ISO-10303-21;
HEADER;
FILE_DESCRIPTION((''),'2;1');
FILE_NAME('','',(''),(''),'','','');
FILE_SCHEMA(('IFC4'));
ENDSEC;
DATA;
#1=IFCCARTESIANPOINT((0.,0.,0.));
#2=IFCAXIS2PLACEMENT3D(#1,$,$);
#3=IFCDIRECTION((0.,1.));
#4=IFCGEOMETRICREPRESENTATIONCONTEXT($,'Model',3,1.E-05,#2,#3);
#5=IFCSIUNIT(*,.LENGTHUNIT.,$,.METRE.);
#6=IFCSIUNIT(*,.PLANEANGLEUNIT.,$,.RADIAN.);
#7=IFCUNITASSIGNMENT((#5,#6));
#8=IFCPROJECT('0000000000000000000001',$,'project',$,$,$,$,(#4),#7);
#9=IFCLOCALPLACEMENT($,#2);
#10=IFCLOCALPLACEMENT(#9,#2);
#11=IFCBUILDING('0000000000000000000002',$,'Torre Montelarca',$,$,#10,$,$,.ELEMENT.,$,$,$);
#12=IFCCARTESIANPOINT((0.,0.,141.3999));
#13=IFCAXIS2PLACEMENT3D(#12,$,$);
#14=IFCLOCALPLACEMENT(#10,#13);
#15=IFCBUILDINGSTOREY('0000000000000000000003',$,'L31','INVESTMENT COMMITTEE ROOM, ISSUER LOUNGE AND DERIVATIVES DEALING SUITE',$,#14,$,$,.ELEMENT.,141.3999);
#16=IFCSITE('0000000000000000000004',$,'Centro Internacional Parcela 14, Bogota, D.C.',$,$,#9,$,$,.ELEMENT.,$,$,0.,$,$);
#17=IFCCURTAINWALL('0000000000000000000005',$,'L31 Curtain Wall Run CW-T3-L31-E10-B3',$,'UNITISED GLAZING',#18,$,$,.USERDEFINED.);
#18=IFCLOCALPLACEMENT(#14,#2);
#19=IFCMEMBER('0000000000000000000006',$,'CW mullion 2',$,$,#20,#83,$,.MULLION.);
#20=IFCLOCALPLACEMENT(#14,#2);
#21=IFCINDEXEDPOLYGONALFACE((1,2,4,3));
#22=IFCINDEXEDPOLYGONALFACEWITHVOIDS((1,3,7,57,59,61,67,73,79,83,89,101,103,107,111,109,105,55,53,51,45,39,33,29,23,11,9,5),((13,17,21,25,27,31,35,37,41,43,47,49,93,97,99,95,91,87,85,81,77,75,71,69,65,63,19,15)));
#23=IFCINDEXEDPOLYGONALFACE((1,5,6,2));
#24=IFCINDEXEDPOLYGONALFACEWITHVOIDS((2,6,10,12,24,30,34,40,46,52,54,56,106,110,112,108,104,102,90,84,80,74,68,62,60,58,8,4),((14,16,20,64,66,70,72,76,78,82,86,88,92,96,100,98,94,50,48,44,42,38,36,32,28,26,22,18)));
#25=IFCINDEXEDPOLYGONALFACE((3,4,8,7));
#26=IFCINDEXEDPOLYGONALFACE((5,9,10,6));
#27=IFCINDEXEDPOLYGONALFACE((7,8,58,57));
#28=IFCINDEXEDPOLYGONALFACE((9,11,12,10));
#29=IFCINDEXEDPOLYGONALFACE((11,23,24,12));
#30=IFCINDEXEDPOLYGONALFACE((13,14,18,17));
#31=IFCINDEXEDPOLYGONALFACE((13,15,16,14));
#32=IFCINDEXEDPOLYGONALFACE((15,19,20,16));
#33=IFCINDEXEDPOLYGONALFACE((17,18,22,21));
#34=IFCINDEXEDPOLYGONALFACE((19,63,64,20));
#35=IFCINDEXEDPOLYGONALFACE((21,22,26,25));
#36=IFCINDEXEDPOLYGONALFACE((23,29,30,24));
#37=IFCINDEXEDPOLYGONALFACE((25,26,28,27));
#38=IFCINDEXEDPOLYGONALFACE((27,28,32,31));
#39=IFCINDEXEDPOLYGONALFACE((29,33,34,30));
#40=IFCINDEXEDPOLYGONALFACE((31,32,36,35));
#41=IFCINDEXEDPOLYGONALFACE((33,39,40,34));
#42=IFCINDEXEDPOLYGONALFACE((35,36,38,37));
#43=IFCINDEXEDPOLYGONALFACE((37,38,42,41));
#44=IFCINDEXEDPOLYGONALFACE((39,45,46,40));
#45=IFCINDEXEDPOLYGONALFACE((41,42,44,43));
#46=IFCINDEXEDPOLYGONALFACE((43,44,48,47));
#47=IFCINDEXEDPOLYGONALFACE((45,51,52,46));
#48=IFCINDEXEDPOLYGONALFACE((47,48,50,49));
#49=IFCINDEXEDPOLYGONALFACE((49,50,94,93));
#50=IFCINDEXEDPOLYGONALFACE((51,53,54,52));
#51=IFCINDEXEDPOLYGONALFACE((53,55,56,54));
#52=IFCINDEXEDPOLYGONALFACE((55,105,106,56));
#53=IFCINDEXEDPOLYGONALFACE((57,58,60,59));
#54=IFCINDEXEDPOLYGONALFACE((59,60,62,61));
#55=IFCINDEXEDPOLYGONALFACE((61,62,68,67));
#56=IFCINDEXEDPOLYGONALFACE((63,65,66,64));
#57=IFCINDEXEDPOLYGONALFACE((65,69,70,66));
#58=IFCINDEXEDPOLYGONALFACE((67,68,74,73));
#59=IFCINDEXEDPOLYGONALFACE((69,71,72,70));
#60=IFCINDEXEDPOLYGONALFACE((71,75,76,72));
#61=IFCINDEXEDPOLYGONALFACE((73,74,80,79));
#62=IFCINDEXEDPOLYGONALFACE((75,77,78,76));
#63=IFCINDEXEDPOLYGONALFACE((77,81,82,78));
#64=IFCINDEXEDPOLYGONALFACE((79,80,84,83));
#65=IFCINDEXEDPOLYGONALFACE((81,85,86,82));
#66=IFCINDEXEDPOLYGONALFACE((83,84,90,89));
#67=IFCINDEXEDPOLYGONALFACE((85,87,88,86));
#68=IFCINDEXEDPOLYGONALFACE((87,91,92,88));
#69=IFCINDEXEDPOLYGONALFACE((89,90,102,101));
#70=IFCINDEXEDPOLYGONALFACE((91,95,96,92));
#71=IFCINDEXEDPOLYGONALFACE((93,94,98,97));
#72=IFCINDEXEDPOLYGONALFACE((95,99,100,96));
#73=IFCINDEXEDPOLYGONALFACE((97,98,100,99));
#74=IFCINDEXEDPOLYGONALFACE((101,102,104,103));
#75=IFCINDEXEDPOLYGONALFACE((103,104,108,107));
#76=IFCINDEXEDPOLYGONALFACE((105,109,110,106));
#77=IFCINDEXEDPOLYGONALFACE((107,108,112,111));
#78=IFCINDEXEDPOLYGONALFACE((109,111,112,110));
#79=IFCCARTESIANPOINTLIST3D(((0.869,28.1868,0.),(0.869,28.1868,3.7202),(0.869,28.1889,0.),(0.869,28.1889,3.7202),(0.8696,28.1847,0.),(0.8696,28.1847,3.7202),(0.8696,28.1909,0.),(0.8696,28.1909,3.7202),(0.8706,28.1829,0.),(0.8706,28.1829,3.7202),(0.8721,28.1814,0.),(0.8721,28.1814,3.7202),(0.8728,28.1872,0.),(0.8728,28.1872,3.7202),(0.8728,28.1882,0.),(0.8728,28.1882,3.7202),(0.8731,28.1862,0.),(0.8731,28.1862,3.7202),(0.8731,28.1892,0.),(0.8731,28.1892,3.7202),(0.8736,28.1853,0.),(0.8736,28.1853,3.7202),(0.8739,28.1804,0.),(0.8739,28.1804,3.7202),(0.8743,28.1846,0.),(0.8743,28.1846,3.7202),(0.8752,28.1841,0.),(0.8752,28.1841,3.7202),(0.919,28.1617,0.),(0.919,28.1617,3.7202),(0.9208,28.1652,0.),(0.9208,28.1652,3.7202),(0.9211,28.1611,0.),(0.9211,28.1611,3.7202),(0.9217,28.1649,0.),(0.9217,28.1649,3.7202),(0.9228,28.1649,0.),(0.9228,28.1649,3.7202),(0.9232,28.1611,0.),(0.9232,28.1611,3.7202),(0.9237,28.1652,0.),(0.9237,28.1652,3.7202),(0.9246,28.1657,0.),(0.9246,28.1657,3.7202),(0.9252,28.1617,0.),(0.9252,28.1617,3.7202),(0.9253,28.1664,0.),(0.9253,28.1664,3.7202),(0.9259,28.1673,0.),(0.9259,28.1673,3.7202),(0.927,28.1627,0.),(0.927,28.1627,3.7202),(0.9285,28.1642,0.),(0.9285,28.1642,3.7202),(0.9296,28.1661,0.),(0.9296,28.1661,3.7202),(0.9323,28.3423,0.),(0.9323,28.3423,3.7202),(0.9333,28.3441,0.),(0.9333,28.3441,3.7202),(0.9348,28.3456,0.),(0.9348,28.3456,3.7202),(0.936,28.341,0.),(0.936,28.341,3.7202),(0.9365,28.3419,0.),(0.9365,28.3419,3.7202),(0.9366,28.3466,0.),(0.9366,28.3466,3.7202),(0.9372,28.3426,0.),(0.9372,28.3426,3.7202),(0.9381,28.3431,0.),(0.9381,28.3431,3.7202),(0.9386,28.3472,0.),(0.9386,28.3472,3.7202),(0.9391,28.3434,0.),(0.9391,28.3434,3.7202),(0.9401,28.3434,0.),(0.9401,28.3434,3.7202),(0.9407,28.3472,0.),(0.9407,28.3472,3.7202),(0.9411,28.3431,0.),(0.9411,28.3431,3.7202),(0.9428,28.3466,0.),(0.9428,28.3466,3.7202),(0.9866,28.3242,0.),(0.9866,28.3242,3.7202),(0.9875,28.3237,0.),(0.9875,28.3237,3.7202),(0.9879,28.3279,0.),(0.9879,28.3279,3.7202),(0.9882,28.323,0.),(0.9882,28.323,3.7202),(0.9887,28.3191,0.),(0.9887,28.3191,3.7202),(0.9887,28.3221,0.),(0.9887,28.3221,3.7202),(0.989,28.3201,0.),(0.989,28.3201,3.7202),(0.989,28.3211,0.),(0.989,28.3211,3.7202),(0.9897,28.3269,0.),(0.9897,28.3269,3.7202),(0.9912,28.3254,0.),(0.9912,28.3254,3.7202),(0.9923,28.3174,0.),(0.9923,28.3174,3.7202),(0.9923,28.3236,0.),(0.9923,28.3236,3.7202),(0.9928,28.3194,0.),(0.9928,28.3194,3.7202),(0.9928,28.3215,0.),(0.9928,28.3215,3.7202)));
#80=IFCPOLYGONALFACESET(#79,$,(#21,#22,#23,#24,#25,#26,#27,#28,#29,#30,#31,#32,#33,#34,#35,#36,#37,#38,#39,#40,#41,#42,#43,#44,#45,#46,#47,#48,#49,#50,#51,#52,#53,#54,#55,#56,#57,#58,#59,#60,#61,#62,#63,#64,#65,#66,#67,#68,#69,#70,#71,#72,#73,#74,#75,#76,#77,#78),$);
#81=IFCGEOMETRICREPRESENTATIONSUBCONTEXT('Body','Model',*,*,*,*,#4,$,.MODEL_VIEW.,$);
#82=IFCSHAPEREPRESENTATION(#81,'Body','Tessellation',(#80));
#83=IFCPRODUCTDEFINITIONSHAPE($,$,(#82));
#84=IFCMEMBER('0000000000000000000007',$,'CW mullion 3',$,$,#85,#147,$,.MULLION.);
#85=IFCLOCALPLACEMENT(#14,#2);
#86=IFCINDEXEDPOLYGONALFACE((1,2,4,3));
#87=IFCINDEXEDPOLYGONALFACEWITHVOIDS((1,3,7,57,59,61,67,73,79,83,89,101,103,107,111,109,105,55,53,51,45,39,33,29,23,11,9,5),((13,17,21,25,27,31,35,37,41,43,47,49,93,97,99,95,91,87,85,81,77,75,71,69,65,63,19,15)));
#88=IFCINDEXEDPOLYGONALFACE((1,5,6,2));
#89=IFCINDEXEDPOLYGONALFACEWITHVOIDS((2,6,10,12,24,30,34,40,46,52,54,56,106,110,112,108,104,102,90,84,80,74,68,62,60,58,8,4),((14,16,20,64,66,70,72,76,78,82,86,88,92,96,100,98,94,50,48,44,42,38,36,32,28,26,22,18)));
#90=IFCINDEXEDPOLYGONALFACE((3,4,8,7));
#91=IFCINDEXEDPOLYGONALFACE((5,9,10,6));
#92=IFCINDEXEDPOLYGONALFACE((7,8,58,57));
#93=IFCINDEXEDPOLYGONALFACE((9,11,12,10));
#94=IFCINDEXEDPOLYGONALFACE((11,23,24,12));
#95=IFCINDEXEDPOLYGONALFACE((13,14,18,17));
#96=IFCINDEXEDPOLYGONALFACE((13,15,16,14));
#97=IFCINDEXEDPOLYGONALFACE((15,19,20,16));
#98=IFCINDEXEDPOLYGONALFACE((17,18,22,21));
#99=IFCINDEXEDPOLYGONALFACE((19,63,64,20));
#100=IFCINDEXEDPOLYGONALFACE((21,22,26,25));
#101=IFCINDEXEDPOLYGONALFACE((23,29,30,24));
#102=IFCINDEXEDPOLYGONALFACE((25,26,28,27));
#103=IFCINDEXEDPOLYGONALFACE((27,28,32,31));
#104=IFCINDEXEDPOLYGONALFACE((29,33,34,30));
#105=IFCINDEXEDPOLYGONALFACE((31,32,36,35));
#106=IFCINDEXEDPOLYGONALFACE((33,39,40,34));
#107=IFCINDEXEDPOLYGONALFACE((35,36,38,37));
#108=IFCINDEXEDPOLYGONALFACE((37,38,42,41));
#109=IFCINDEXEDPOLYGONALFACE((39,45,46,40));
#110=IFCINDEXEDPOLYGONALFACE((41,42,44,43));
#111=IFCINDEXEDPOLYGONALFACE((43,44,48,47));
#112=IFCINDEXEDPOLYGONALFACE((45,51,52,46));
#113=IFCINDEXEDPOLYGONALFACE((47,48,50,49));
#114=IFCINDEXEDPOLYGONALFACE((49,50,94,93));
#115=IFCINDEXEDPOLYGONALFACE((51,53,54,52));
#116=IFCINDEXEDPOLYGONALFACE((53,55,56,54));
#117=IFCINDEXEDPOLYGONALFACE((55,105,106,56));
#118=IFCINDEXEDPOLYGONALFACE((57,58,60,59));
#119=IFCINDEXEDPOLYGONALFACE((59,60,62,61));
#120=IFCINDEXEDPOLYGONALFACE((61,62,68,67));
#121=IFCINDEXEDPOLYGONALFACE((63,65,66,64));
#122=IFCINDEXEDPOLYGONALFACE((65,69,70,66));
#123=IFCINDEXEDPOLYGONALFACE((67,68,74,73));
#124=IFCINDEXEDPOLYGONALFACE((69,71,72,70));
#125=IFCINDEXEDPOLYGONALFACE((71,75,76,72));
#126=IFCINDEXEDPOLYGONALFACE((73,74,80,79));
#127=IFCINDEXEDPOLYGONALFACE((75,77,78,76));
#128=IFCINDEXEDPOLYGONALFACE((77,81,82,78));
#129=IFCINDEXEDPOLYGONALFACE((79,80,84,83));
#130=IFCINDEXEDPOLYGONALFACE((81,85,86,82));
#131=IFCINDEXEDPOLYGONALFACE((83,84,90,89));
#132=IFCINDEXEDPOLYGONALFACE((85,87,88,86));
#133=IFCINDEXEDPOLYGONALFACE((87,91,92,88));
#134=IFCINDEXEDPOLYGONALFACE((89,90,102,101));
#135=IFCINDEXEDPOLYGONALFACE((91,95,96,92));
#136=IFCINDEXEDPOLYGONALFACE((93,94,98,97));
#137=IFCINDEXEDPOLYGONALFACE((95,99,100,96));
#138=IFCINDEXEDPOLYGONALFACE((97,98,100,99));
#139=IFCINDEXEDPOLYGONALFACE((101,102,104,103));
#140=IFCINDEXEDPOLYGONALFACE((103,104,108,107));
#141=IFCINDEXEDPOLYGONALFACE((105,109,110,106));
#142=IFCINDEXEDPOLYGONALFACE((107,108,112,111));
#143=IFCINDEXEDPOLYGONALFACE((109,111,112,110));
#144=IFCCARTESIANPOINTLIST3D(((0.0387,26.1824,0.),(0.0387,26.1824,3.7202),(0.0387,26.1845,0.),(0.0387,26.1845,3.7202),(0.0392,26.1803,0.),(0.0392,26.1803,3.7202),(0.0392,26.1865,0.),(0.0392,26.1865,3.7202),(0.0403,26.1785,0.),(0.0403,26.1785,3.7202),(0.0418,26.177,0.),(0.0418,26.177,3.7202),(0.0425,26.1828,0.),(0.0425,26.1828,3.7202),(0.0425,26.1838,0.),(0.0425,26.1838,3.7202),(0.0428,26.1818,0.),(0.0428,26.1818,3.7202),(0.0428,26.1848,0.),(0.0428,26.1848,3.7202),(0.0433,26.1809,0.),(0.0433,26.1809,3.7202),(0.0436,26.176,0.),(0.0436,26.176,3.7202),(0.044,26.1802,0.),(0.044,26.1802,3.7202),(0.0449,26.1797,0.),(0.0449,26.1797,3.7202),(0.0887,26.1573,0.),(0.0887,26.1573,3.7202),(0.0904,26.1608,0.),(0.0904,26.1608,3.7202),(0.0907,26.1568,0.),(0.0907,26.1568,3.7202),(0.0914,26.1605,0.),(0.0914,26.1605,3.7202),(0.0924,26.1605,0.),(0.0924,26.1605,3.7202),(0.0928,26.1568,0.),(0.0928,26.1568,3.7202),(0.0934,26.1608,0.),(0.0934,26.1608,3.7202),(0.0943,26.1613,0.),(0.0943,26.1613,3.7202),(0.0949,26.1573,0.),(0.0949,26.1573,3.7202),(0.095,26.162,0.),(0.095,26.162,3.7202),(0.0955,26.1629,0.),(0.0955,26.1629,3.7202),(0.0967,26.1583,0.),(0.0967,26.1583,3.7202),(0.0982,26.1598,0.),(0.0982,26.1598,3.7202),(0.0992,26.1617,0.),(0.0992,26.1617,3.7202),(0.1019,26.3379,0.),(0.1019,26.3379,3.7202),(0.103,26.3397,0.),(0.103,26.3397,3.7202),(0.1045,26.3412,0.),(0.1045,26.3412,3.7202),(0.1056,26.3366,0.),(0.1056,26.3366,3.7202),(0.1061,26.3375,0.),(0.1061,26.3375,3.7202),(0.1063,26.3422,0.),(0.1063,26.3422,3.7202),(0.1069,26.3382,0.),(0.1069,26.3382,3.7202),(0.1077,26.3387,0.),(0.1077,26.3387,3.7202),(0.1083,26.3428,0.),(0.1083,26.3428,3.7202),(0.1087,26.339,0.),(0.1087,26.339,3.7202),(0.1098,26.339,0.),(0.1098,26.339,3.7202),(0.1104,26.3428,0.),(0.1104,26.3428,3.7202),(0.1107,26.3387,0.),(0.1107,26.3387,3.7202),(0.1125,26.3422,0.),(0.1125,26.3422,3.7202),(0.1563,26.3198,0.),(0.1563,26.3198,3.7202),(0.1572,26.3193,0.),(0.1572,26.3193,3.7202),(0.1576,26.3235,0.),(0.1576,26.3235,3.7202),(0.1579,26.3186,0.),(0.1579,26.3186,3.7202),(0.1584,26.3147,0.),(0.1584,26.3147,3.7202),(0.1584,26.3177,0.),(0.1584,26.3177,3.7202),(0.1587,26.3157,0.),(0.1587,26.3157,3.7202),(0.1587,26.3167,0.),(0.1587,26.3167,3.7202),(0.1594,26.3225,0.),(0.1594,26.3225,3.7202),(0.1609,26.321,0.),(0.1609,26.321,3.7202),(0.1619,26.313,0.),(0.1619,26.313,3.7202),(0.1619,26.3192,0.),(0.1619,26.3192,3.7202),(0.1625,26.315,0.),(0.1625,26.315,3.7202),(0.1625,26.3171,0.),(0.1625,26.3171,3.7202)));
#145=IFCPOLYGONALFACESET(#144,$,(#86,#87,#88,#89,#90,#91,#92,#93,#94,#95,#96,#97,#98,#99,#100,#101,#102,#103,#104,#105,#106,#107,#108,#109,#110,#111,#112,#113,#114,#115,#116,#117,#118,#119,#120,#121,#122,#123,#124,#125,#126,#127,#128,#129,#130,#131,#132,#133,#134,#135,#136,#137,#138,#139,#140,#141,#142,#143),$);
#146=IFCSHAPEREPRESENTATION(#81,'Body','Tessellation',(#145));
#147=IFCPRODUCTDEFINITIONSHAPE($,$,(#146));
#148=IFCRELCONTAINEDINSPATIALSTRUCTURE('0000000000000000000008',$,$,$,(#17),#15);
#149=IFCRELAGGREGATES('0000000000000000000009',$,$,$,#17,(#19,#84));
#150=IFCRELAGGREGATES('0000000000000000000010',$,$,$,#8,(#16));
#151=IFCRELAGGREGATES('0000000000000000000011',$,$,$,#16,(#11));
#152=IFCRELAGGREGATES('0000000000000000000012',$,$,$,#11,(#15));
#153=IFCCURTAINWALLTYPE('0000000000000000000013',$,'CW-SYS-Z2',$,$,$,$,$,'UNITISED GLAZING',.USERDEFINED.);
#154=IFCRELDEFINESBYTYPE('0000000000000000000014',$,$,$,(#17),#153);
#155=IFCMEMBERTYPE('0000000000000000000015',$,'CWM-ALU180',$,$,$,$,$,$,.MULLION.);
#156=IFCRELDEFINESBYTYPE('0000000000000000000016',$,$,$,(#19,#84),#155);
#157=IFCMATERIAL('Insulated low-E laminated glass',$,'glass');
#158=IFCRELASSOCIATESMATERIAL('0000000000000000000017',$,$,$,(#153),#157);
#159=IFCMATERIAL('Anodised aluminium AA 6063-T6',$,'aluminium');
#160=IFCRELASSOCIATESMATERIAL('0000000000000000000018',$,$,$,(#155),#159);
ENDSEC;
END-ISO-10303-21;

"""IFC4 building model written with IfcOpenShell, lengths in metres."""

from ifc_helpers import new_model, si_unit, direction, frame, origin, origin_2d, place, context, subcontext, project, spatial, hollow_rectangle, extrude, source, transform, mapped, material, material_profile, profile_set, type_object, element, aggregate, save


model = new_model("IFC4")

# Units and contexts
model_context = context("Model", 3, precision=1e-05, world=origin(), true_north=direction((0.0, 1.0)))
body_context = subcontext(model_context, "Body", "Model", "MODEL_VIEW")
ifc_project = project(units=[si_unit("LENGTHUNIT", "METRE"), si_unit("PLANEANGLEUNIT", "RADIAN")], contexts=[model_context])

# Site, building, storey
site_placement = place(None, origin())
site = spatial("IfcSite", under=ifc_project, at=site_placement, Name="Centro Internacional Parcela 14, Bogota, D.C.", CompositionType="ELEMENT", RefElevation=0.0)
building_placement = place(site_placement, origin())
building = spatial("IfcBuilding", under=site, at=building_placement, Name="Torre Montelarca", CompositionType="ELEMENT")
storey_placement = place(building_placement, frame((0.0, 0.0, 141.3999)))
storey = spatial("IfcBuildingStorey", under=building, at=storey_placement, Name="L31", Description="INVESTMENT COMMITTEE ROOM, ISSUER LOUNGE AND DERIVATIVES DEALING SUITE", CompositionType="ELEMENT", Elevation=141.3999)

# Curtain wall, members
ifc_material_1 = material(Name="Insulated low-E laminated glass", Category="glass")
curtain_wall_type = type_object("IfcCurtainWallType", Name="CW-SYS-Z2", ElementType="UNITISED GLAZING", PredefinedType="USERDEFINED", material=ifc_material_1)
ifc_material_2 = material(Name="Anodised aluminium AA 6063-T6", Category="aluminium")
curtain_wall_1_placement = place(storey_placement, origin())
curtain_wall_1 = element("IfcCurtainWall", 1, at=curtain_wall_1_placement, inside=storey, type_object=curtain_wall_type, Name="L31 Curtain Wall Run CW-T3-L31-E10-B3", ObjectType="UNITISED GLAZING", PredefinedType="USERDEFINED")
ifc_material_profile_1 = material_profile(ifc_material_2, hollow_rectangle(XDim=0.0649, YDim=0.1799, WallThickness=0.0039, InnerFilletRadius=0.0039, OuterFilletRadius=0.0081, at=origin_2d()), Name="ALU65X180X4", Category="aluminium")
ifc_profile_set_1 = profile_set([ifc_material_profile_1], Name="Anodised aluminium AA 6063-T6")
member_type_1 = type_object("IfcMemberType", Name="CWM-ALU180", PredefinedType="MULLION", material=ifc_profile_set_1)
shared_shape_1 = source(origin(), body_context, "Body", "SweptSolid", [
    extrude(hollow_rectangle(XDim=0.0649, YDim=0.1799, WallThickness=0.0039, InnerFilletRadius=0.0039, OuterFilletRadius=0.0081, at=origin_2d()), origin(), (0.0, 0.0, 1.0), 3.7202),
])
member_1_placement = place(storey_placement, frame((0.9309, 28.2542, 0.0), z_axis=(0.0, 0.0, 1.0), x_axis=(0.923879, -0.382685, 0.0)))
member_1 = element("IfcMember", 2, at=member_1_placement, type_object=member_type_1, Name="CW mullion 2", PredefinedType="MULLION", context=body_context, shape_type="MappedRepresentation", body=[
    mapped(shared_shape_1, transform((0.0, 0.0, 0.0), scale=1.0)),
])
member_2_placement = place(storey_placement, frame((0.1006, 26.2498, 0.0), z_axis=(0.0, 0.0, 1.0), x_axis=(0.923879, -0.382685, 0.0)))
member_2 = element("IfcMember", 3, at=member_2_placement, type_object=member_type_1, Name="CW mullion 3", PredefinedType="MULLION", context=body_context, shape_type="MappedRepresentation", body=[
    mapped(shared_shape_1, transform((0.0, 0.0, 0.0), scale=1.0)),
])

aggregate(curtain_wall_1, [member_1, member_2])

save(model, "model.ifc")
